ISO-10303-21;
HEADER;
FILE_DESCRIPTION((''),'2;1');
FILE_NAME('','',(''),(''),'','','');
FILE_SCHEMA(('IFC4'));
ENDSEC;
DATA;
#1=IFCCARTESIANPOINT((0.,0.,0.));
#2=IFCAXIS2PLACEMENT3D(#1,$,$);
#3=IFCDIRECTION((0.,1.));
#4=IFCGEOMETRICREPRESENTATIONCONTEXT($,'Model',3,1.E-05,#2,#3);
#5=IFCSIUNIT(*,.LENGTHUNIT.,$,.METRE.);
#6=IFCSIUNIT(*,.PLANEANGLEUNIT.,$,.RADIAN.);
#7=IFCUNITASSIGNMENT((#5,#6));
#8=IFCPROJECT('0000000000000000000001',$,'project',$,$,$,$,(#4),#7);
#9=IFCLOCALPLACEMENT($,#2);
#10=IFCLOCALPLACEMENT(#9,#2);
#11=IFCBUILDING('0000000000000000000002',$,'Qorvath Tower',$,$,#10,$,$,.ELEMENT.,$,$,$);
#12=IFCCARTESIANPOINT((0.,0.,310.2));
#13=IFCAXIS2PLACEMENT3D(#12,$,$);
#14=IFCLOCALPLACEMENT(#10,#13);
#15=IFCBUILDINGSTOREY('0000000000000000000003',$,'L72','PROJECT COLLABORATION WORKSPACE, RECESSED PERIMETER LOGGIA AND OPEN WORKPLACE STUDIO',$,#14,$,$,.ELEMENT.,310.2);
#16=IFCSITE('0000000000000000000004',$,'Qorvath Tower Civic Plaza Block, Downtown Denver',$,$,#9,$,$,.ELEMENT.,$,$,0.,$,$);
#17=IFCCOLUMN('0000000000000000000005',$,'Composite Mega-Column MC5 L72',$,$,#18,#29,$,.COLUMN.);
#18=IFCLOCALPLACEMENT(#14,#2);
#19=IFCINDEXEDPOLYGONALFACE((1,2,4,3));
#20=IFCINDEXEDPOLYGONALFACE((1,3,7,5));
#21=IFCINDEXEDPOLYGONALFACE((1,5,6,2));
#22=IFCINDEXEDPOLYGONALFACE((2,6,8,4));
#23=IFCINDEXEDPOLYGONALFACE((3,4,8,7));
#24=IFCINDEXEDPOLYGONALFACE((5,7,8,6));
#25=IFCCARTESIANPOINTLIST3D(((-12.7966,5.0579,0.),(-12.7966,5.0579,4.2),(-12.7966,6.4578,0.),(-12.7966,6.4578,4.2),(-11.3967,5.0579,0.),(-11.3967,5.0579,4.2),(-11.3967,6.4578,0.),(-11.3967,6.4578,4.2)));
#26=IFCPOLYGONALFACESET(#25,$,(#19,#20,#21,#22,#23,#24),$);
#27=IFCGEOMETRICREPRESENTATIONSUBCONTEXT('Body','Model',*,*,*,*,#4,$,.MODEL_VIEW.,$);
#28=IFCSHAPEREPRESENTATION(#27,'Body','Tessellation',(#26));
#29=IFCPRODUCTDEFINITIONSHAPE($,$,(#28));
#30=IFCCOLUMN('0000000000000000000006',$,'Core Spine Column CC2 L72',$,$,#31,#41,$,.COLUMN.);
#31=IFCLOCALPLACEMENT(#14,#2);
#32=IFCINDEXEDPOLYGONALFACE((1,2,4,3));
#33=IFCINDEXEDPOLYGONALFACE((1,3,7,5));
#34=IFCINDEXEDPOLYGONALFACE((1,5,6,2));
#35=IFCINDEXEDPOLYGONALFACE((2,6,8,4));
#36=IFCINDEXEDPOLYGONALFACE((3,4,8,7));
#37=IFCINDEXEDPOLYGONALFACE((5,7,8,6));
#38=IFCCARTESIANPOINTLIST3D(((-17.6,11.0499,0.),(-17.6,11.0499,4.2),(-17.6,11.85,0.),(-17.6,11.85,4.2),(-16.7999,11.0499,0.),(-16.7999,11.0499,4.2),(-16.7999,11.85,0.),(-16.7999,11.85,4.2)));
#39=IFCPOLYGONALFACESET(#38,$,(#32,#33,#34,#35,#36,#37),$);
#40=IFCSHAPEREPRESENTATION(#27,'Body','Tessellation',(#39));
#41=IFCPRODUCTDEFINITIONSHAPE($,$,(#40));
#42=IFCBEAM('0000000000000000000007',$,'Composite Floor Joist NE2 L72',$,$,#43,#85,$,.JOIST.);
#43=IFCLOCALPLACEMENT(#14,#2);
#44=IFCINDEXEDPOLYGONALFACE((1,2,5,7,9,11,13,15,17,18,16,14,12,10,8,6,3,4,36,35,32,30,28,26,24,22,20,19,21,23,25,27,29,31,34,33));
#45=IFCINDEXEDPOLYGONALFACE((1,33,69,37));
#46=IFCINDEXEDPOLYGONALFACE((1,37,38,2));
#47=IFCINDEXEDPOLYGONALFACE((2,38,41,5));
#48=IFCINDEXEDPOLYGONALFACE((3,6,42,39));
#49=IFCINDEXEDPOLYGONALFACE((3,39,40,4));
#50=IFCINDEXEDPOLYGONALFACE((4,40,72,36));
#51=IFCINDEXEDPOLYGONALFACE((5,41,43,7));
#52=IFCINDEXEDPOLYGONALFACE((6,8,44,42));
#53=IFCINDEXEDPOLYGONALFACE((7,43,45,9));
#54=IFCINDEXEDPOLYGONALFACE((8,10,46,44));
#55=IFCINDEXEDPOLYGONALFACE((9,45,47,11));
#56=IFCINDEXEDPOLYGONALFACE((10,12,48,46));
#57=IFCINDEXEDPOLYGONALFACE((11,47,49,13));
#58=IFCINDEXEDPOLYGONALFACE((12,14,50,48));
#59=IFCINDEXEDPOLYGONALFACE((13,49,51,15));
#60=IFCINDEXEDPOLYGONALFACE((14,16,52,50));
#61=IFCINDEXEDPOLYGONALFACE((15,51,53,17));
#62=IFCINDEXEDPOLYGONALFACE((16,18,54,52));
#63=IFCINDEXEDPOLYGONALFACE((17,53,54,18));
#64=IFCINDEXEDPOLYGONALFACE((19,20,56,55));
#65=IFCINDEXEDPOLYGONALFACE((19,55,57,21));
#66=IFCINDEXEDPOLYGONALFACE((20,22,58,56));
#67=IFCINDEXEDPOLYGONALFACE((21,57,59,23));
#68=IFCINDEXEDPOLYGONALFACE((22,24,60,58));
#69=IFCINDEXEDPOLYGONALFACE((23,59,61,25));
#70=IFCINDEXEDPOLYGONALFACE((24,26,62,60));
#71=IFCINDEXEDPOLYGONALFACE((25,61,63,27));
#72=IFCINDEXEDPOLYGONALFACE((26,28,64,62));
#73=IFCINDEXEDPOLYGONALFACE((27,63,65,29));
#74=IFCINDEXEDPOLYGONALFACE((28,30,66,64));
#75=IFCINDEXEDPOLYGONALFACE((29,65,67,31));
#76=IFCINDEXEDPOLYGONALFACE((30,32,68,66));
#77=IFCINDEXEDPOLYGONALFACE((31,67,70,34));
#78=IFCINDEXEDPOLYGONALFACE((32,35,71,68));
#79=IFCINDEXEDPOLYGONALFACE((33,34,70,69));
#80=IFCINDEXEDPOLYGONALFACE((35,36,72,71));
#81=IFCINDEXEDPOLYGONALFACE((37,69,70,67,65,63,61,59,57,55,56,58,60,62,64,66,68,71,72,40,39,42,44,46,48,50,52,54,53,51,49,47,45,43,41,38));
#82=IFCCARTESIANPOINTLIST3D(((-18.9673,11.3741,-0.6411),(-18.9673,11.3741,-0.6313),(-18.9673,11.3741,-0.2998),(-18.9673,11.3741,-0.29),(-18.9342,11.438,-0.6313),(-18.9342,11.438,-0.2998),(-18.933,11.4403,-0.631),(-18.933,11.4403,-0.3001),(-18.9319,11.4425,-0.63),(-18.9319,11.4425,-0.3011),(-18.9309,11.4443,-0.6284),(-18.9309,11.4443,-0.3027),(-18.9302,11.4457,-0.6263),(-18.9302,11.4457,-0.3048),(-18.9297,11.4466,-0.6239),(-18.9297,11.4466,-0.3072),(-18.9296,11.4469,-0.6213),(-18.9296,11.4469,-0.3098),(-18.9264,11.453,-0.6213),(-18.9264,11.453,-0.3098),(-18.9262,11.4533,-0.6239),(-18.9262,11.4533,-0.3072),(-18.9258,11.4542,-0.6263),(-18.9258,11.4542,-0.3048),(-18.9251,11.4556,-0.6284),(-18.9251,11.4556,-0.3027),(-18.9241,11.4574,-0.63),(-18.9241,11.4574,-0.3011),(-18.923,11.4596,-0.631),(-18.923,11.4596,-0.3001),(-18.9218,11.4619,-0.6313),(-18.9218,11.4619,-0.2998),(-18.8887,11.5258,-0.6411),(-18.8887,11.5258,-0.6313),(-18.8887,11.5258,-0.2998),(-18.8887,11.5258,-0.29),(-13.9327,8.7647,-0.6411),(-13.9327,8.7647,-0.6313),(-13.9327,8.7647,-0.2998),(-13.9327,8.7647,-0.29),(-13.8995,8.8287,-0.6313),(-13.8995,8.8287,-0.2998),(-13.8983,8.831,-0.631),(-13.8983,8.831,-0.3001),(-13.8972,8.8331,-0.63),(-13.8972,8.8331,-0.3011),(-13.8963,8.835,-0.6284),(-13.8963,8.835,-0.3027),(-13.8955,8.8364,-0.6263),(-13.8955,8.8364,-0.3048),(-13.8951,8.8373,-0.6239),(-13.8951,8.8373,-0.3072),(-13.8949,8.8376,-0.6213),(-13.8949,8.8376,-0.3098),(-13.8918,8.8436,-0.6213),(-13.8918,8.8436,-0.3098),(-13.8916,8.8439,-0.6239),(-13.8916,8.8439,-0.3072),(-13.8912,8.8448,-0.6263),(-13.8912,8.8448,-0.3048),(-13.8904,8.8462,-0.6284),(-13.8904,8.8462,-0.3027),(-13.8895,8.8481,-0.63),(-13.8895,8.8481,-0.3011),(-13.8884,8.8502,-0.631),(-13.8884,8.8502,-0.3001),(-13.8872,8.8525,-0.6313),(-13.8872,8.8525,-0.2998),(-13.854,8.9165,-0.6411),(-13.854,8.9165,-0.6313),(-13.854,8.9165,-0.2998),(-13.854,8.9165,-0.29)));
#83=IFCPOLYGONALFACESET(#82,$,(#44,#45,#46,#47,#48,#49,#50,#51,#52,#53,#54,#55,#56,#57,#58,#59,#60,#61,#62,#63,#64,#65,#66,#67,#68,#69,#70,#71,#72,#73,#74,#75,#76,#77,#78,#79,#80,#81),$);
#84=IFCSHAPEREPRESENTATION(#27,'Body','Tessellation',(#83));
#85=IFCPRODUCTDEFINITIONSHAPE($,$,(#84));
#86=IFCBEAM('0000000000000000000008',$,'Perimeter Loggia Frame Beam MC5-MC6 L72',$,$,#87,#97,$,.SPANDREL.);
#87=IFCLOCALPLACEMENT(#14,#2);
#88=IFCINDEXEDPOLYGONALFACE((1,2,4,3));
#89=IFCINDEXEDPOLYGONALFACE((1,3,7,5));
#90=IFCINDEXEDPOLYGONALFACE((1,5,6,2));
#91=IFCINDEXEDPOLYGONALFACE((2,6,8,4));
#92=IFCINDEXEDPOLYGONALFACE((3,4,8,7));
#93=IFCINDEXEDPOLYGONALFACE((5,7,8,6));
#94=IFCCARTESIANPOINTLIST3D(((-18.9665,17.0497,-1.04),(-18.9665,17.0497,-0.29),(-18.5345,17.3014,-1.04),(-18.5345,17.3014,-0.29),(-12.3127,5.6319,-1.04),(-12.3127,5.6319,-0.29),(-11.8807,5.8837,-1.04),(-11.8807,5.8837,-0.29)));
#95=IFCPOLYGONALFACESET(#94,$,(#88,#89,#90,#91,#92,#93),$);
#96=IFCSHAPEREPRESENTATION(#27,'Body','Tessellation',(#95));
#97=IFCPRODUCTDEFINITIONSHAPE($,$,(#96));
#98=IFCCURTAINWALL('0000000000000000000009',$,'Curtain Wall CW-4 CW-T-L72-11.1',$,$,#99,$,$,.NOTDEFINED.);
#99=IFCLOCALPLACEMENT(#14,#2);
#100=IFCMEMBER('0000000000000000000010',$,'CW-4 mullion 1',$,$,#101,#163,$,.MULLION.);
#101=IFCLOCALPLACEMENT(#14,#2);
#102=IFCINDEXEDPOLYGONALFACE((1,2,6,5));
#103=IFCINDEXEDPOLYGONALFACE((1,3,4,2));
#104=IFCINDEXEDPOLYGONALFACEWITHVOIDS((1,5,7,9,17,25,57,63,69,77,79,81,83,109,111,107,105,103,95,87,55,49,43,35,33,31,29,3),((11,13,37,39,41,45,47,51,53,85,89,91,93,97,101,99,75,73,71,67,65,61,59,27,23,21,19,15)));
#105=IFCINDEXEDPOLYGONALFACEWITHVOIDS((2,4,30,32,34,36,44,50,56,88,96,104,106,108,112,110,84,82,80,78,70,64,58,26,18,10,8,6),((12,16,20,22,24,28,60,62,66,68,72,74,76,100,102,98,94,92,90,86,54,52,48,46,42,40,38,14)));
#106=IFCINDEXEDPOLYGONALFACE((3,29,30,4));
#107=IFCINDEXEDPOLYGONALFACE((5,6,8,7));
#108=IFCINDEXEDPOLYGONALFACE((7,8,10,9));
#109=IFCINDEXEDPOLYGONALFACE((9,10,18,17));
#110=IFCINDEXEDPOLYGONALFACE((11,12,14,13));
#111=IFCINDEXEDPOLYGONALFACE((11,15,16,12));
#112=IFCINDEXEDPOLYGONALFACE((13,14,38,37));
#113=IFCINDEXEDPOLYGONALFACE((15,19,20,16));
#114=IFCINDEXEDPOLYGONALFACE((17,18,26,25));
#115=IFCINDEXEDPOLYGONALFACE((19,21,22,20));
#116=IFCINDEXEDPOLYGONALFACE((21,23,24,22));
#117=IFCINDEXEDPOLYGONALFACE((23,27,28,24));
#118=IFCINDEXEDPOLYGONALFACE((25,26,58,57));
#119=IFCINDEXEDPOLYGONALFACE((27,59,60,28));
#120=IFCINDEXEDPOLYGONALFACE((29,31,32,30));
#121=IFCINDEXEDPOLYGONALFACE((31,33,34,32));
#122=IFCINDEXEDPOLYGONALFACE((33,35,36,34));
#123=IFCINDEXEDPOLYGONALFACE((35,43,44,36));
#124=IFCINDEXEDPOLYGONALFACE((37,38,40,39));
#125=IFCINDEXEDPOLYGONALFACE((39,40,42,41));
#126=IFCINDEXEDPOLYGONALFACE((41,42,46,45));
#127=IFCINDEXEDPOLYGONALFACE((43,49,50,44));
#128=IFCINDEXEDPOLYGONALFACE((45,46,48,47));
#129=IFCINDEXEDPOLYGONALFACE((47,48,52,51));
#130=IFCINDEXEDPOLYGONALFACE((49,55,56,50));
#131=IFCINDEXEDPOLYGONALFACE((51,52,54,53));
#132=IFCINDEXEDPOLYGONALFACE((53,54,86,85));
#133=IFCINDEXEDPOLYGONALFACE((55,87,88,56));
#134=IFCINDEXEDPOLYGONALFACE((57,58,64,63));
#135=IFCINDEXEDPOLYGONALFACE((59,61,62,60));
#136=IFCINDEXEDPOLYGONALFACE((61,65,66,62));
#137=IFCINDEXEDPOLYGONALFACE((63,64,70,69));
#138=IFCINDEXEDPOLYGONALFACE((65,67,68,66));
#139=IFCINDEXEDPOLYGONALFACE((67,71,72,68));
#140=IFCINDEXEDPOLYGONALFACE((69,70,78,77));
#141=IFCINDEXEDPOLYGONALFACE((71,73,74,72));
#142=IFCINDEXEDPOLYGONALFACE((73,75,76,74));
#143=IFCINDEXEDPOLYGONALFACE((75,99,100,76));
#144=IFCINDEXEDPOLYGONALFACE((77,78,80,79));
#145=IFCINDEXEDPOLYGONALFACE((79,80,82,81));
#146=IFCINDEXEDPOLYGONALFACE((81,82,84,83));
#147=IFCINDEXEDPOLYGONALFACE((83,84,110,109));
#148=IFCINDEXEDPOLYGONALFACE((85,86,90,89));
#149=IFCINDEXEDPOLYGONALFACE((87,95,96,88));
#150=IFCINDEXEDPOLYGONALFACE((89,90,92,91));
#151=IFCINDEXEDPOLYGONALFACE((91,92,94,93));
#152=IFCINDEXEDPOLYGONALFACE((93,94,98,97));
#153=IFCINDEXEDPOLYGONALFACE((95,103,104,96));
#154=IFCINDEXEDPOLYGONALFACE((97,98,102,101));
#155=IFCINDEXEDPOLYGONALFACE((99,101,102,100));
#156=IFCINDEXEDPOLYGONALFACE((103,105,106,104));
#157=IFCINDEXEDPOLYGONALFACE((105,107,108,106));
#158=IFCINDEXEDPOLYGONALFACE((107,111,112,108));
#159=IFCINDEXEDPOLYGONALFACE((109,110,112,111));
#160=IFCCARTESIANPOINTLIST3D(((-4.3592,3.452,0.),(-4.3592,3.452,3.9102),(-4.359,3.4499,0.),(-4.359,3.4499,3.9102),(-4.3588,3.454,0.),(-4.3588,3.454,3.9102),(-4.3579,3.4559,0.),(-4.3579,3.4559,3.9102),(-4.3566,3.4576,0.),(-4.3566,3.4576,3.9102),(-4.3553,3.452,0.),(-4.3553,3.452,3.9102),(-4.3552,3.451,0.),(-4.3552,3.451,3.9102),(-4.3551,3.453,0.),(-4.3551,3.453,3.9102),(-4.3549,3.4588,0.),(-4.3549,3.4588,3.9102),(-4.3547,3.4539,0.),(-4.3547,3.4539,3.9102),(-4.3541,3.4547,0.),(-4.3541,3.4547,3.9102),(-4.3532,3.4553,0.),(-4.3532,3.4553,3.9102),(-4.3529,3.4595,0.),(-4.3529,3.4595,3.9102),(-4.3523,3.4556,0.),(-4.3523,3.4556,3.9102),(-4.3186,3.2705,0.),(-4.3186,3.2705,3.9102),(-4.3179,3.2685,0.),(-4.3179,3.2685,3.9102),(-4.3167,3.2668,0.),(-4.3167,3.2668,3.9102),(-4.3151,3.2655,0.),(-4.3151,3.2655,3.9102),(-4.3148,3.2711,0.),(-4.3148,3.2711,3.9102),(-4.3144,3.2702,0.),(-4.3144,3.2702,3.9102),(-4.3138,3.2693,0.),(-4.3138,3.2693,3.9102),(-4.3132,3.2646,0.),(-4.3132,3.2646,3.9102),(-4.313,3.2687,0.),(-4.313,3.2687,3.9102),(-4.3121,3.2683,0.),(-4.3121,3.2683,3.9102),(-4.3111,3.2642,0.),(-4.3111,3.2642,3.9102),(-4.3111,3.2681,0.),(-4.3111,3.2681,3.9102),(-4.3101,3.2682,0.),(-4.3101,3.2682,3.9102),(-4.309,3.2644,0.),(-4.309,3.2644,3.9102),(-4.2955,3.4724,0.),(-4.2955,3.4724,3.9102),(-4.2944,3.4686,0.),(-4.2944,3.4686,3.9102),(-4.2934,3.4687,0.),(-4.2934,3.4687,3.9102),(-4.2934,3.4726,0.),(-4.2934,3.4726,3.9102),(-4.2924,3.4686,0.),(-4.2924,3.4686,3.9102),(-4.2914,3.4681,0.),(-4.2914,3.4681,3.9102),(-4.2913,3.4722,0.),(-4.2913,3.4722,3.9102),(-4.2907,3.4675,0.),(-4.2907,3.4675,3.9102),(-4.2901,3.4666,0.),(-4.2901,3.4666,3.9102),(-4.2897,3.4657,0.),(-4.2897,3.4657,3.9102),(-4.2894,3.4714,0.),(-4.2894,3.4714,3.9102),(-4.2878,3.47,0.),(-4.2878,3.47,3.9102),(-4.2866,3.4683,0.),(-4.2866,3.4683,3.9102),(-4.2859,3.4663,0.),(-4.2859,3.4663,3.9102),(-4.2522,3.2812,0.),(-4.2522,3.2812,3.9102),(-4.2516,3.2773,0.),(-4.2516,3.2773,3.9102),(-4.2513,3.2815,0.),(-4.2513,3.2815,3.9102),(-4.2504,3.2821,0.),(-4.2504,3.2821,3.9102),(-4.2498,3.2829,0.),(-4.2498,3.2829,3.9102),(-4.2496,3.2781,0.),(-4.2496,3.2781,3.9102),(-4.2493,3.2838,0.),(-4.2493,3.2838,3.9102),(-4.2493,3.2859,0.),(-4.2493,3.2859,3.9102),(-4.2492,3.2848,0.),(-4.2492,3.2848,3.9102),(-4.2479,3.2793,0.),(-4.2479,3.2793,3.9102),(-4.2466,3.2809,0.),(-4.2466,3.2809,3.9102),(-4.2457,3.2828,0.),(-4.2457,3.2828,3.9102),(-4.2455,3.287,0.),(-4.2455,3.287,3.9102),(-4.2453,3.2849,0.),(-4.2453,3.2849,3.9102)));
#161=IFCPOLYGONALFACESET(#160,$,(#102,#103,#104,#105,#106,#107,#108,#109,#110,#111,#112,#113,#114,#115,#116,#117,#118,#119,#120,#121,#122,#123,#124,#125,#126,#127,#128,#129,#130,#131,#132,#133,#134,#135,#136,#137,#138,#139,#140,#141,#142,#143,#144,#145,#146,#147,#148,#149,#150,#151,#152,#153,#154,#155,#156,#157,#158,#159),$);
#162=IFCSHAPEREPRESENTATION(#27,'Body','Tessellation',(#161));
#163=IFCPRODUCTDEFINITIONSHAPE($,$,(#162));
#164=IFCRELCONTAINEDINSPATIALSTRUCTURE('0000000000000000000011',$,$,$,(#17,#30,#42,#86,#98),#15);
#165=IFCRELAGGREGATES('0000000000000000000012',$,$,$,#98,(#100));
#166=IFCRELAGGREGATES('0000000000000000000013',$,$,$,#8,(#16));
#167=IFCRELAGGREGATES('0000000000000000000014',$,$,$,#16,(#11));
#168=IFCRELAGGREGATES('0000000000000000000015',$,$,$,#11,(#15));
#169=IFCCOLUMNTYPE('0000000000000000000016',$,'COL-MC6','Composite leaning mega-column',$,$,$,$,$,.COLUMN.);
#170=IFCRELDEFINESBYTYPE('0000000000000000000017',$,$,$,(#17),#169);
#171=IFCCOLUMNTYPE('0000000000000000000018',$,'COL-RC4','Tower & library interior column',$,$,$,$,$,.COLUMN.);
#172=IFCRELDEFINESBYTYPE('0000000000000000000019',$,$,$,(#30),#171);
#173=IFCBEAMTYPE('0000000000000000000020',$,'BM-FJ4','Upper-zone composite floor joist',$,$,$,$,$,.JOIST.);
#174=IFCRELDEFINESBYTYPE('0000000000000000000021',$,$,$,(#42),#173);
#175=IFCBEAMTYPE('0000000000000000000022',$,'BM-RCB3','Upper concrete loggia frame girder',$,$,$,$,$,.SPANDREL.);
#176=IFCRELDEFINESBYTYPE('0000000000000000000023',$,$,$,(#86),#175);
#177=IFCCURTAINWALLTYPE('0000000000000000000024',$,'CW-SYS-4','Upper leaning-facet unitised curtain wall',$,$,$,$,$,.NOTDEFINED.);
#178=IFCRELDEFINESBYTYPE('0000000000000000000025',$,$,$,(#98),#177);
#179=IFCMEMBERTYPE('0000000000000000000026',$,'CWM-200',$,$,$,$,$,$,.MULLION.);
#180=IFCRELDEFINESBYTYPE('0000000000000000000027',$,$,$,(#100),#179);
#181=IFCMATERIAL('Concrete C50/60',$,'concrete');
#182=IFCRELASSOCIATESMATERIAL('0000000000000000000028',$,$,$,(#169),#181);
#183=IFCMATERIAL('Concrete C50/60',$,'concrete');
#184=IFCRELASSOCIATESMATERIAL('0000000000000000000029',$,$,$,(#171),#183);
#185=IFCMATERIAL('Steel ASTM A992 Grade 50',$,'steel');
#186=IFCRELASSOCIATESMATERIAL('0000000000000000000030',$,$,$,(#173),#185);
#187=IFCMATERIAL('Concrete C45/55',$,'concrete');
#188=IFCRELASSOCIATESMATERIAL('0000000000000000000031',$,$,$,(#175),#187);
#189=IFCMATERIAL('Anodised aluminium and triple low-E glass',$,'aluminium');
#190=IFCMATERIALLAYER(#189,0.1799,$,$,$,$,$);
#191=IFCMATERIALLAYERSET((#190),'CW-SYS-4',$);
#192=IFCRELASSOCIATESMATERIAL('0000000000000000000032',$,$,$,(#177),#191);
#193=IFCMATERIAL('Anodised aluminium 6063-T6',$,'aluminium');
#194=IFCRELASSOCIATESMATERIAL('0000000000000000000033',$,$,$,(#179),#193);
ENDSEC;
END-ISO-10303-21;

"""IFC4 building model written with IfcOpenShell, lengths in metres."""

from ifc_helpers import new_model, si_unit, direction, frame, origin, origin_2d, place, context, subcontext, project, spatial, rectangle, hollow_rectangle, i_section, extrude, material, layer, layer_set, material_profile, profile_set, type_object, element, aggregate, save


model = new_model("IFC4")

# Units and contexts
model_context = context("Model", 3, precision=1e-05, world=origin(), true_north=direction((0.0, 1.0)))
body_context = subcontext(model_context, "Body", "Model", "MODEL_VIEW")
ifc_project = project(units=[si_unit("LENGTHUNIT", "METRE"), si_unit("PLANEANGLEUNIT", "RADIAN")], contexts=[model_context])

# Site, building, storey
site_placement = place(None, origin())
site = spatial("IfcSite", under=ifc_project, at=site_placement, Name="Qorvath Tower Civic Plaza Block, Downtown Denver", CompositionType="ELEMENT", RefElevation=0.0)
building_placement = place(site_placement, origin())
building = spatial("IfcBuilding", under=site, at=building_placement, Name="Qorvath Tower", CompositionType="ELEMENT")
storey_placement = place(building_placement, frame((0.0, 0.0, 310.2)))
storey = spatial("IfcBuildingStorey", under=building, at=storey_placement, Name="L72", Description="PROJECT COLLABORATION WORKSPACE, RECESSED PERIMETER LOGGIA AND OPEN WORKPLACE STUDIO", CompositionType="ELEMENT", Elevation=310.2)

# Columns
ifc_material_1 = material(Name="Concrete C50/60", Category="concrete")
ifc_material_profile_1 = material_profile(ifc_material_1, rectangle(XDim=1.3999, YDim=1.3999, at=origin_2d()), Name="MC 1400x1400")
ifc_profile_set_1 = profile_set([ifc_material_profile_1], Name="Concrete C50/60")
column_type_1 = type_object("IfcColumnType", Name="COL-MC6", Description="Composite leaning mega-column", PredefinedType="COLUMN", material=ifc_profile_set_1)
column_1_placement = place(storey_placement, frame((-12.0967, 5.7578, 0.0), z_axis=(0.0, 0.0, 1.0), x_axis=(1.0, 0.0, 0.0)))
element("IfcColumn", 1, at=column_1_placement, inside=storey, type_object=column_type_1, Name="Composite Mega-Column MC5 L72", PredefinedType="COLUMN", context=body_context, shape_type="SweptSolid", body=[
    extrude(rectangle(XDim=1.3999, YDim=1.3999, at=origin_2d()), origin(), (0.0, 0.0, 1.0), 4.2),
])
ifc_material_2 = material(Name="Concrete C50/60", Category="concrete")
ifc_material_profile_2 = material_profile(ifc_material_2, rectangle(XDim=0.8, YDim=0.8, at=origin_2d()), Name="RC 800x800")
ifc_profile_set_2 = profile_set([ifc_material_profile_2], Name="Concrete C50/60")
column_type_2 = type_object("IfcColumnType", Name="COL-RC4", Description="Tower & library interior column", PredefinedType="COLUMN", material=ifc_profile_set_2)
column_2_placement = place(storey_placement, frame((-17.2, 11.45, 0.0), z_axis=(0.0, 0.0, 1.0), x_axis=(1.0, 0.0, 0.0)))
element("IfcColumn", 2, at=column_2_placement, inside=storey, type_object=column_type_2, Name="Core Spine Column CC2 L72", PredefinedType="COLUMN", context=body_context, shape_type="SweptSolid", body=[
    extrude(rectangle(XDim=0.8, YDim=0.8, at=origin_2d()), origin(), (0.0, 0.0, 1.0), 4.2),
])

# Beams
ifc_material_3 = material(Name="Steel ASTM A992 Grade 50", Category="steel")
ifc_material_profile_3 = material_profile(ifc_material_3, i_section(OverallWidth=0.1709, OverallDepth=0.3511, WebThickness=0.0068, FlangeThickness=0.0098, FilletRadius=0.01, at=origin_2d()), Name="W14x30")
ifc_profile_set_3 = profile_set([ifc_material_profile_3], Name="Steel ASTM A992 Grade 50")
beam_type_1 = type_object("IfcBeamType", Name="BM-FJ4", Description="Upper-zone composite floor joist", PredefinedType="JOIST", material=ifc_profile_set_3)
beam_1_placement = place(storey_placement, frame((-18.928, 11.45, -0.4656), z_axis=(0.887841, -0.460151, 0.0), x_axis=(0.460151, 0.887841, 0.0)))
element("IfcBeam", 3, at=beam_1_placement, inside=storey, type_object=beam_type_1, Name="Composite Floor Joist NE2 L72", PredefinedType="JOIST", context=body_context, shape_type="SweptSolid", body=[
    extrude(i_section(OverallWidth=0.1709, OverallDepth=0.3511, WebThickness=0.0068, FlangeThickness=0.0098, FilletRadius=0.01, at=origin_2d()), origin(), (0.0, 0.0, 1.0), 5.6707),
])
ifc_material_4 = material(Name="Concrete C45/55", Category="concrete")
ifc_material_profile_4 = material_profile(ifc_material_4, rectangle(XDim=0.5, YDim=0.75, at=origin_2d()), Name="RCB 750x500")
ifc_profile_set_4 = profile_set([ifc_material_profile_4], Name="Concrete C45/55")
beam_type_2 = type_object("IfcBeamType", Name="BM-RCB3", Description="Upper concrete loggia frame girder", PredefinedType="SPANDREL", material=ifc_profile_set_4)
beam_2_placement = place(storey_placement, frame((-12.0967, 5.7578, -0.665), z_axis=(-0.503502, 0.863994, 0.0), x_axis=(-0.863994, -0.503502, 0.0)))
element("IfcBeam", 4, at=beam_2_placement, inside=storey, type_object=beam_type_2, Name="Perimeter Loggia Frame Beam MC5-MC6 L72", PredefinedType="SPANDREL", context=body_context, shape_type="SweptSolid", body=[
    extrude(rectangle(XDim=0.5, YDim=0.75, at=origin_2d()), origin(), (0.0, 0.0, 1.0), 13.2151),
])

# Curtain wall, member
ifc_material_5 = material(Name="Anodised aluminium and triple low-E glass", Category="aluminium")
ifc_layer_1 = layer(ifc_material_5, 0.1799)
ifc_layer_set_1 = layer_set([ifc_layer_1], Name="CW-SYS-4")
curtain_wall_type = type_object("IfcCurtainWallType", Name="CW-SYS-4", Description="Upper leaning-facet unitised curtain wall", PredefinedType="NOTDEFINED", material=ifc_layer_set_1)
curtain_wall_1_placement = place(storey_placement, origin())
curtain_wall_1 = element("IfcCurtainWall", 5, at=curtain_wall_1_placement, inside=storey, type_object=curtain_wall_type, Name="Curtain Wall CW-4 CW-T-L72-11.1", PredefinedType="NOTDEFINED")
ifc_material_6 = material(Name="Anodised aluminium 6063-T6", Category="aluminium")
ifc_material_profile_5 = material_profile(ifc_material_6, hollow_rectangle(XDim=0.075, YDim=0.2, WallThickness=0.0039, InnerFilletRadius=0.0039, OuterFilletRadius=0.0081, at=origin_2d()), Name="CWM 200x75")
ifc_profile_set_5 = profile_set([ifc_material_profile_5], Name="Anodised aluminium 6063-T6")
member_type_1 = type_object("IfcMemberType", Name="CWM-200", PredefinedType="MULLION", material=ifc_profile_set_5)
member_1_placement = place(storey_placement, frame((-4.3022, 3.3684, 0.0), z_axis=(0.0, 0.0, 1.0), x_axis=(-0.975618, -0.219474, 0.0)))
member_1 = element("IfcMember", 6, at=member_1_placement, type_object=member_type_1, Name="CW-4 mullion 1", PredefinedType="MULLION", context=body_context, shape_type="SweptSolid", body=[
    extrude(hollow_rectangle(XDim=0.075, YDim=0.2, WallThickness=0.0039, InnerFilletRadius=0.0039, OuterFilletRadius=0.0081, at=origin_2d()), origin(), (0.0, 0.0, 1.0), 3.9102),
])

aggregate(curtain_wall_1, [member_1])

save(model, "model.ifc")
